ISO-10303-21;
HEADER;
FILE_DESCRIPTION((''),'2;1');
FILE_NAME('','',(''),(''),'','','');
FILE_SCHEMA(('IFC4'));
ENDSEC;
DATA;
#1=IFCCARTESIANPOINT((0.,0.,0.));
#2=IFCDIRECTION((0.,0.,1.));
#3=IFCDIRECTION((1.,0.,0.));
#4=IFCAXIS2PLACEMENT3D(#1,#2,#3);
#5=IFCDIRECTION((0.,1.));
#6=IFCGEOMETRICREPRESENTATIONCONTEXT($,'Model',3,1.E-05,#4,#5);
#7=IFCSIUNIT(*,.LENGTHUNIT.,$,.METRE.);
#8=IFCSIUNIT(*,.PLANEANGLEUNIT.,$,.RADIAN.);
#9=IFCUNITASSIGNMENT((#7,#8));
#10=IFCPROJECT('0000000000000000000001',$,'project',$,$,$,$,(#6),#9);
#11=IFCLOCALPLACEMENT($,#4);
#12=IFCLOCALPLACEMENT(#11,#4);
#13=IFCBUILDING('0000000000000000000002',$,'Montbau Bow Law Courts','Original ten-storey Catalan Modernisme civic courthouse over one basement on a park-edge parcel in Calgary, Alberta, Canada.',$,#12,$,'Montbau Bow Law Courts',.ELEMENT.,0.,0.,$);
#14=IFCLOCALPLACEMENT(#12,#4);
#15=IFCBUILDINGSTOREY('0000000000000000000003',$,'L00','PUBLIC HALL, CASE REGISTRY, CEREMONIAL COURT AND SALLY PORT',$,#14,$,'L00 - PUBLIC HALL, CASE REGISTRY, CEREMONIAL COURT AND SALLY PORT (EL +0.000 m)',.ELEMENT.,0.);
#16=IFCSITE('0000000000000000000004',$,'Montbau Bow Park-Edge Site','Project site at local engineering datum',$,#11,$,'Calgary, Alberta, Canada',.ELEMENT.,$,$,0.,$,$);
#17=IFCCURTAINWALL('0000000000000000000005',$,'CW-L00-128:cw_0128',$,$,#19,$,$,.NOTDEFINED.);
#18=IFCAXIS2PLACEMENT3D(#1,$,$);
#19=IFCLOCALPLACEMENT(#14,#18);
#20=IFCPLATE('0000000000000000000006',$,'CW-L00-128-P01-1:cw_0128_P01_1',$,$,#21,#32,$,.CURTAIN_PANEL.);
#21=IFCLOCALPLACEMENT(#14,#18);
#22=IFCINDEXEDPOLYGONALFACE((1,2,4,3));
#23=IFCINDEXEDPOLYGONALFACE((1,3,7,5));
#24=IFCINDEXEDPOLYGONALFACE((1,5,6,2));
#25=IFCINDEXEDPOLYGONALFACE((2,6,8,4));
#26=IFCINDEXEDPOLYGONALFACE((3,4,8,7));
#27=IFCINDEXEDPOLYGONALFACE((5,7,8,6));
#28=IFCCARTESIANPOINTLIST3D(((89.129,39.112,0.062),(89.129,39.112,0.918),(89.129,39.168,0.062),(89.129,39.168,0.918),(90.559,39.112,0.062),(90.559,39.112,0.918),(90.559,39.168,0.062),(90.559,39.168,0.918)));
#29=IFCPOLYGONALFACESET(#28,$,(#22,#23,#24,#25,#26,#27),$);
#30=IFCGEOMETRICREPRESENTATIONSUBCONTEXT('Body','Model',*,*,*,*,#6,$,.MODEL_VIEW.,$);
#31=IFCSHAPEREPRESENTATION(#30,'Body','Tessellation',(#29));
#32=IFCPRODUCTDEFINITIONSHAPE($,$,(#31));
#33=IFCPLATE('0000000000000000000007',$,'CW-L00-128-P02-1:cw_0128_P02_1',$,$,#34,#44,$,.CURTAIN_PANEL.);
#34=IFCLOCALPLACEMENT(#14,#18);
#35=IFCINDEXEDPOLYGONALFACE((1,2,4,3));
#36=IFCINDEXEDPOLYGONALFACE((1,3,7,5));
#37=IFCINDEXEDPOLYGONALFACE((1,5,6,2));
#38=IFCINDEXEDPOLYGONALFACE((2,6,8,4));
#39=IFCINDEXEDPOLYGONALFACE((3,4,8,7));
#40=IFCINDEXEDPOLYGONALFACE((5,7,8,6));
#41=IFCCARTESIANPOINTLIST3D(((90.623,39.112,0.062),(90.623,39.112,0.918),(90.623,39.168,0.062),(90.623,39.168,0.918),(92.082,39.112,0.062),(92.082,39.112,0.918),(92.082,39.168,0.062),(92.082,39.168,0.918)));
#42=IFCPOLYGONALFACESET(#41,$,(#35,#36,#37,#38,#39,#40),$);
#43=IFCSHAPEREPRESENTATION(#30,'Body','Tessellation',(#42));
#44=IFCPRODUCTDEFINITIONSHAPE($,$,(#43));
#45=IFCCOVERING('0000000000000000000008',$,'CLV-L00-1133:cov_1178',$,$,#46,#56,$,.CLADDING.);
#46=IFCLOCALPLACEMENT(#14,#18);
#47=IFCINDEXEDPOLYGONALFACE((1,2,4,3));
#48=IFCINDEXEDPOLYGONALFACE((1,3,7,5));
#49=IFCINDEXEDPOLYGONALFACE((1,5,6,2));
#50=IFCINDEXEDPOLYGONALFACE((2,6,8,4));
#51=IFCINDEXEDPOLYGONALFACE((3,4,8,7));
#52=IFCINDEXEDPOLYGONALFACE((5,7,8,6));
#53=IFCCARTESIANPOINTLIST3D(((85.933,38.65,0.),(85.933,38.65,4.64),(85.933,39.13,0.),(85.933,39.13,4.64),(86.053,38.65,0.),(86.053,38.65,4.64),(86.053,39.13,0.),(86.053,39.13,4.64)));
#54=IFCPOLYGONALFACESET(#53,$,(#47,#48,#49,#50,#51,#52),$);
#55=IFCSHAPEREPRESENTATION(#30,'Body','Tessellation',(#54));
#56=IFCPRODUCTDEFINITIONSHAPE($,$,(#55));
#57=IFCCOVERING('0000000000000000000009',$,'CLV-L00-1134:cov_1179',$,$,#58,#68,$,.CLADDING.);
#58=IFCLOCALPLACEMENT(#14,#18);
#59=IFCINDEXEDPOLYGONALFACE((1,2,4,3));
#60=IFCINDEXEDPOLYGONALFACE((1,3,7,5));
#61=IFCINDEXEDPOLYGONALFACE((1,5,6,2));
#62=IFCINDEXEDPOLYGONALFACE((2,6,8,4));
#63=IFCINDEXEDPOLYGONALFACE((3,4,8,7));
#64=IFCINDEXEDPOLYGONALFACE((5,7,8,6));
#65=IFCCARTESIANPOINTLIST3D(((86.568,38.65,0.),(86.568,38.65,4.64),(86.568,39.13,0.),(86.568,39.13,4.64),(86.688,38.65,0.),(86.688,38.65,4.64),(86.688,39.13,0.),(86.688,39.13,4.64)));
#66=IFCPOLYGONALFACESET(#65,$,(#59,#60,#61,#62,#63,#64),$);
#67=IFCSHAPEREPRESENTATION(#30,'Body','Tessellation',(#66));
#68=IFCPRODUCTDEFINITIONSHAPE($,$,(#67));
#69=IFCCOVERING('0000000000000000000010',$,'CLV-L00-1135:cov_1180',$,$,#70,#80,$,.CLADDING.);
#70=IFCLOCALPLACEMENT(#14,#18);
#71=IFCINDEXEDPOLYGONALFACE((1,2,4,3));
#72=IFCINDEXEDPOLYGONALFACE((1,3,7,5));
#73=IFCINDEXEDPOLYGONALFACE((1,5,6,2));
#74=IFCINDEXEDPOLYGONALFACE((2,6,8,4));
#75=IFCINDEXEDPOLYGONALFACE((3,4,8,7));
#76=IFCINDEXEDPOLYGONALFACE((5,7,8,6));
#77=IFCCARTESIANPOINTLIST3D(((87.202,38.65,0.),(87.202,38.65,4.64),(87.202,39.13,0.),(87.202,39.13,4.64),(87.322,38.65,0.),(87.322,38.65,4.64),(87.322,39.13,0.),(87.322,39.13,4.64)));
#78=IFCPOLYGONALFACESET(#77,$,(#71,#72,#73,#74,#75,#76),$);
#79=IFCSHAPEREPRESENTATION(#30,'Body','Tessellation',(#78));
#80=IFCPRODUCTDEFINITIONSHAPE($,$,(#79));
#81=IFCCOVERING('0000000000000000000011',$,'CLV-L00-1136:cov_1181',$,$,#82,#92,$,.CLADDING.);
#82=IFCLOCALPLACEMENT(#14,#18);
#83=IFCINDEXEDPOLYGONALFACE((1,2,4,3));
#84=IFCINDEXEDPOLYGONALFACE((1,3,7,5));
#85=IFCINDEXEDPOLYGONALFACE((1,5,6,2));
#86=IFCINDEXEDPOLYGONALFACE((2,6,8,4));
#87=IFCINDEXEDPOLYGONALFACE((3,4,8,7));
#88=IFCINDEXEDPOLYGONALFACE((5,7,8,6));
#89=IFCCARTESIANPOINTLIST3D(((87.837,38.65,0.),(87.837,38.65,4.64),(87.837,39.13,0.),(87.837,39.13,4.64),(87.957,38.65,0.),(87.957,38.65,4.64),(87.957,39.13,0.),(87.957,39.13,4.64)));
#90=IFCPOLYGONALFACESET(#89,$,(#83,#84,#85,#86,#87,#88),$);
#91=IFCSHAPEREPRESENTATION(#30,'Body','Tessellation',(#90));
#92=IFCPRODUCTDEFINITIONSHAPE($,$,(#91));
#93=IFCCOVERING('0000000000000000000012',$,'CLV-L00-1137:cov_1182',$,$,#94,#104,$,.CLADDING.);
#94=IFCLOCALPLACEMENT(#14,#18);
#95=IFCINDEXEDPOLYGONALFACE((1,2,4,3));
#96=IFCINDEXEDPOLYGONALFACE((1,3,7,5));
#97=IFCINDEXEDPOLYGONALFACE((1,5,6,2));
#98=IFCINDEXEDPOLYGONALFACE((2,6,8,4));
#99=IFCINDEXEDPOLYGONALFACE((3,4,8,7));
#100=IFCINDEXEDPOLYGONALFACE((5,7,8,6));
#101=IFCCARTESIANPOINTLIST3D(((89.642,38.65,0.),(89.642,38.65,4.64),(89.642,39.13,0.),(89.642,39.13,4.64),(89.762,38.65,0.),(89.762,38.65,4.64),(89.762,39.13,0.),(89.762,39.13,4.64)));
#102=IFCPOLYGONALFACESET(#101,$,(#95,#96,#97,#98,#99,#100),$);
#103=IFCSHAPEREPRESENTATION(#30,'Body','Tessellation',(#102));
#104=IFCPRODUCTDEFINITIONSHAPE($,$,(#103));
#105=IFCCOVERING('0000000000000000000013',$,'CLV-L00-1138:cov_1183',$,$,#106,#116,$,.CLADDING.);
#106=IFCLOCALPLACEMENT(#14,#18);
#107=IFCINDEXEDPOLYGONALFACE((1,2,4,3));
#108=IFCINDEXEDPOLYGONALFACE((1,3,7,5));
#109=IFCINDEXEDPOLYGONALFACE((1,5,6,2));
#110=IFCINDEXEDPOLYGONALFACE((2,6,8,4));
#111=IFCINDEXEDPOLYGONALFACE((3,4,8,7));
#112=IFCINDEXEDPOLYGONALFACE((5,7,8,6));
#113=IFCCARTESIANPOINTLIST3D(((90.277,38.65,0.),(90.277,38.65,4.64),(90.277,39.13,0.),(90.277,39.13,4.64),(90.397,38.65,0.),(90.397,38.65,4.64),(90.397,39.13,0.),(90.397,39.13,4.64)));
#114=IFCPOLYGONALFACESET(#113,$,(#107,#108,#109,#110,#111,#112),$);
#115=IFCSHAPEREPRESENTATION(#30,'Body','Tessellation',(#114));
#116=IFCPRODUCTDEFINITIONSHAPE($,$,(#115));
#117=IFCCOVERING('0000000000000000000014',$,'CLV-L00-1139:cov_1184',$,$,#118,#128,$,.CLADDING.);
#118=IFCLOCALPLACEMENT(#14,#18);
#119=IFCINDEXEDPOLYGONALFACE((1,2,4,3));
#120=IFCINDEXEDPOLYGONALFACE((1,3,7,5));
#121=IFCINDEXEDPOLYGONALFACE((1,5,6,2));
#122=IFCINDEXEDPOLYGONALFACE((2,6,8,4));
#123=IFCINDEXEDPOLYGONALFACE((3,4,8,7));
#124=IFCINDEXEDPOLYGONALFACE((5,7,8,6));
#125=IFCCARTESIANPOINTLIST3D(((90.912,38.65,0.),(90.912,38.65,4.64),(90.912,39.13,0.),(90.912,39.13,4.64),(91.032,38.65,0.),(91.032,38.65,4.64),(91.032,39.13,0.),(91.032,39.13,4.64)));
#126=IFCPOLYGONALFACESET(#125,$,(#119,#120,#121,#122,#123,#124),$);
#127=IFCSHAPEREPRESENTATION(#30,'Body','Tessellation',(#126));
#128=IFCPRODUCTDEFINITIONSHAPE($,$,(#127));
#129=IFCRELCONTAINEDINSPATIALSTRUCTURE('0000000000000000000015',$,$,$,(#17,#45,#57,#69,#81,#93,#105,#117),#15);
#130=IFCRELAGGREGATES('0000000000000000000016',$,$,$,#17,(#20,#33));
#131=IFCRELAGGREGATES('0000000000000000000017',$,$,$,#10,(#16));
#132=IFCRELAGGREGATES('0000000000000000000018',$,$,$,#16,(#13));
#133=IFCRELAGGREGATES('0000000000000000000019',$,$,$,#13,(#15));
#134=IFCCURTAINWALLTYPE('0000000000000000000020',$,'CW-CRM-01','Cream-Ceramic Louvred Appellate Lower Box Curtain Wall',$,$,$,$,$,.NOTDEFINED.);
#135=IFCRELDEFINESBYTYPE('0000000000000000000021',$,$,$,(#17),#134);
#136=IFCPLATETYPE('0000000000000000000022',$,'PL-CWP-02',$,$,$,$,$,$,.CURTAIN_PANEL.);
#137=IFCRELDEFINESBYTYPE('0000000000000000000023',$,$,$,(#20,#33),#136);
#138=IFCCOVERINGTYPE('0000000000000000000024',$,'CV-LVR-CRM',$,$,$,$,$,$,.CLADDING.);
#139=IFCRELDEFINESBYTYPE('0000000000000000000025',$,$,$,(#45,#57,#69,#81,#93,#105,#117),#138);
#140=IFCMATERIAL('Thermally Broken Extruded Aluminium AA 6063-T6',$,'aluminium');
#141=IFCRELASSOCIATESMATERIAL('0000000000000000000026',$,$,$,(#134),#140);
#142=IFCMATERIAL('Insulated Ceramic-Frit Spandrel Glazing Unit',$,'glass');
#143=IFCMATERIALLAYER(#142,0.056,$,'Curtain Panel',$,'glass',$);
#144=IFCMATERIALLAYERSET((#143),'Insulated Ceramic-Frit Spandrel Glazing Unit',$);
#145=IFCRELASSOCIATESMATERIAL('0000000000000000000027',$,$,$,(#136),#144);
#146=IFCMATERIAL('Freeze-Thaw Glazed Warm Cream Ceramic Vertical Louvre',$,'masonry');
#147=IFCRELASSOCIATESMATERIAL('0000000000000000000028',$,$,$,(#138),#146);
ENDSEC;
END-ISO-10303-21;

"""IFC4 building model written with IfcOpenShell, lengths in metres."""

from ifc_helpers import new_model, si_unit, direction, frame, frame_2d, origin_with_axes, place, context, subcontext, project, spatial, rectangle, extrude, material, layer, layer_set, type_object, element, aggregate, save


model = new_model("IFC4")

# Units and contexts
model_context = context("Model", 3, precision=1e-05, world=origin_with_axes(), true_north=direction((0.0, 1.0)))
body_context = subcontext(model_context, "Body", "Model", "MODEL_VIEW")
ifc_project = project(units=[si_unit("LENGTHUNIT", "METRE"), si_unit("PLANEANGLEUNIT", "RADIAN")], contexts=[model_context])

# Site, building, storey
site_placement = place(None, origin_with_axes())
site = spatial("IfcSite", under=ifc_project, at=site_placement, Name="Montbau Bow Park-Edge Site", Description="Project site at local engineering datum", LongName="Calgary, Alberta, Canada", CompositionType="ELEMENT", RefElevation=0.0)
building_placement = place(site_placement, origin_with_axes())
building = spatial("IfcBuilding", under=site, at=building_placement, Name="Montbau Bow Law Courts", Description="Original ten-storey Catalan Modernisme civic courthouse over one basement on a park-edge parcel in Calgary, Alberta, Canada.", LongName="Montbau Bow Law Courts", CompositionType="ELEMENT", ElevationOfRefHeight=0.0, ElevationOfTerrain=0.0)
storey_placement = place(building_placement, origin_with_axes())
storey = spatial("IfcBuildingStorey", under=building, at=storey_placement, Name="L00", Description="PUBLIC HALL, CASE REGISTRY, CEREMONIAL COURT AND SALLY PORT", LongName="L00 - PUBLIC HALL, CASE REGISTRY, CEREMONIAL COURT AND SALLY PORT (EL +0.000 m)", CompositionType="ELEMENT", Elevation=0.0)

# Curtain wall
ifc_material_1 = material(Name="Thermally Broken Extruded Aluminium AA 6063-T6", Category="aluminium")
curtain_wall_type = type_object("IfcCurtainWallType", Name="CW-CRM-01", Description="Cream-Ceramic Louvred Appellate Lower Box Curtain Wall", PredefinedType="NOTDEFINED", material=ifc_material_1)
curtain_wall_1_placement = place(None, frame((89.067, 39.14, 0.0), z_axis=(0.0, 0.0, 1.0), x_axis=(1.0, 0.0, 0.0)))
curtain_wall_1 = element("IfcCurtainWall", 1, at=curtain_wall_1_placement, inside=storey, type_object=curtain_wall_type, Name="CW-L00-128:cw_0128", PredefinedType="NOTDEFINED")

# Plates
ifc_material_2 = material(Name="Insulated Ceramic-Frit Spandrel Glazing Unit", Category="glass")
ifc_layer_1 = layer(ifc_material_2, 0.056, Name="Curtain Panel", Category="glass")
ifc_layer_set_1 = layer_set([ifc_layer_1], Name="Insulated Ceramic-Frit Spandrel Glazing Unit")
plate_type_1 = type_object("IfcPlateType", Name="PL-CWP-02", PredefinedType="CURTAIN_PANEL", material=ifc_layer_set_1)
plate_1_placement = place(None, frame((89.129, 39.14, 0.062), z_axis=(0.0, -1.0, 0.0), x_axis=(1.0, 0.0, 0.0)))
plate_1 = element("IfcPlate", 2, at=plate_1_placement, type_object=plate_type_1, Name="CW-L00-128-P01-1:cw_0128_P01_1", PredefinedType="CURTAIN_PANEL", context=body_context, shape_type="SweptSolid", body=[
    extrude(rectangle(XDim=1.43, YDim=0.856, at=frame_2d((0.715, 0.428), x_axis=(1.0, 0.0))), frame((0.0, 0.0, -0.028), z_axis=(0.0, 0.0, 1.0), x_axis=(1.0, 0.0, 0.0)), (0.0, 0.0, 1.0), 0.056),
])
plate_2_placement = place(None, frame((90.623, 39.14, 0.062), z_axis=(0.0, -1.0, 0.0), x_axis=(1.0, 0.0, 0.0)))
plate_2 = element("IfcPlate", 3, at=plate_2_placement, type_object=plate_type_1, Name="CW-L00-128-P02-1:cw_0128_P02_1", PredefinedType="CURTAIN_PANEL", context=body_context, shape_type="SweptSolid", body=[
    extrude(rectangle(XDim=1.459, YDim=0.856, at=frame_2d((0.7295, 0.428), x_axis=(1.0, 0.0))), frame((0.0, 0.0, -0.028), z_axis=(0.0, 0.0, 1.0), x_axis=(1.0, 0.0, 0.0)), (0.0, 0.0, 1.0), 0.056),
])
aggregate(curtain_wall_1, [plate_1, plate_2])

# Coverings
ifc_material_3 = material(Name="Freeze-Thaw Glazed Warm Cream Ceramic Vertical Louvre", Category="masonry")
covering_type = type_object("IfcCoveringType", Name="CV-LVR-CRM", PredefinedType="CLADDING", material=ifc_material_3)
for number, where, z_axis, x_axis, name in (
    (4, (85.993, 39.13, 0.0), (-1.0, 0.0, 0.0), (0.0, -1.0, 0.0), "CLV-L00-1133:cov_1178"),
    (5, (86.628, 39.13, 0.0), (-1.0, 0.0, 0.0), (0.0, -1.0, 0.0), "CLV-L00-1134:cov_1179"),
    (6, (87.262, 39.13, 0.0), (-1.0, 0.0, 0.0), (0.0, -1.0, 0.0), "CLV-L00-1135:cov_1180"),
    (7, (87.897, 39.13, 0.0), (-1.0, 0.0, 0.0), (0.0, -1.0, 0.0), "CLV-L00-1136:cov_1181"),
    (8, (89.702, 39.13, 0.0), (-1.0, 0.0, 0.0), (0.0, -1.0, 0.0), "CLV-L00-1137:cov_1182"),
    (9, (90.337, 39.13, 0.0), (-1.0, 0.0, 0.0), (0.0, -1.0, 0.0), "CLV-L00-1138:cov_1183"),
    (10, (90.972, 39.13, 0.0), (-1.0, 0.0, 0.0), (0.0, -1.0, 0.0), "CLV-L00-1139:cov_1184"),
):
    element("IfcCovering", number, at=place(None, frame(where, z_axis=z_axis, x_axis=x_axis)), inside=storey, type_object=covering_type, Name=name, PredefinedType="CLADDING", context=body_context, shape_type="SweptSolid", body=[
        extrude(rectangle(XDim=0.48, YDim=4.64, at=frame_2d((0.24, 2.32), x_axis=(1.0, 0.0))), frame((0.0, 0.0, -0.06), z_axis=(0.0, 0.0, 1.0), x_axis=(1.0, 0.0, 0.0)), (0.0, 0.0, 1.0), 0.12),
    ])

save(model, "model.ifc")
